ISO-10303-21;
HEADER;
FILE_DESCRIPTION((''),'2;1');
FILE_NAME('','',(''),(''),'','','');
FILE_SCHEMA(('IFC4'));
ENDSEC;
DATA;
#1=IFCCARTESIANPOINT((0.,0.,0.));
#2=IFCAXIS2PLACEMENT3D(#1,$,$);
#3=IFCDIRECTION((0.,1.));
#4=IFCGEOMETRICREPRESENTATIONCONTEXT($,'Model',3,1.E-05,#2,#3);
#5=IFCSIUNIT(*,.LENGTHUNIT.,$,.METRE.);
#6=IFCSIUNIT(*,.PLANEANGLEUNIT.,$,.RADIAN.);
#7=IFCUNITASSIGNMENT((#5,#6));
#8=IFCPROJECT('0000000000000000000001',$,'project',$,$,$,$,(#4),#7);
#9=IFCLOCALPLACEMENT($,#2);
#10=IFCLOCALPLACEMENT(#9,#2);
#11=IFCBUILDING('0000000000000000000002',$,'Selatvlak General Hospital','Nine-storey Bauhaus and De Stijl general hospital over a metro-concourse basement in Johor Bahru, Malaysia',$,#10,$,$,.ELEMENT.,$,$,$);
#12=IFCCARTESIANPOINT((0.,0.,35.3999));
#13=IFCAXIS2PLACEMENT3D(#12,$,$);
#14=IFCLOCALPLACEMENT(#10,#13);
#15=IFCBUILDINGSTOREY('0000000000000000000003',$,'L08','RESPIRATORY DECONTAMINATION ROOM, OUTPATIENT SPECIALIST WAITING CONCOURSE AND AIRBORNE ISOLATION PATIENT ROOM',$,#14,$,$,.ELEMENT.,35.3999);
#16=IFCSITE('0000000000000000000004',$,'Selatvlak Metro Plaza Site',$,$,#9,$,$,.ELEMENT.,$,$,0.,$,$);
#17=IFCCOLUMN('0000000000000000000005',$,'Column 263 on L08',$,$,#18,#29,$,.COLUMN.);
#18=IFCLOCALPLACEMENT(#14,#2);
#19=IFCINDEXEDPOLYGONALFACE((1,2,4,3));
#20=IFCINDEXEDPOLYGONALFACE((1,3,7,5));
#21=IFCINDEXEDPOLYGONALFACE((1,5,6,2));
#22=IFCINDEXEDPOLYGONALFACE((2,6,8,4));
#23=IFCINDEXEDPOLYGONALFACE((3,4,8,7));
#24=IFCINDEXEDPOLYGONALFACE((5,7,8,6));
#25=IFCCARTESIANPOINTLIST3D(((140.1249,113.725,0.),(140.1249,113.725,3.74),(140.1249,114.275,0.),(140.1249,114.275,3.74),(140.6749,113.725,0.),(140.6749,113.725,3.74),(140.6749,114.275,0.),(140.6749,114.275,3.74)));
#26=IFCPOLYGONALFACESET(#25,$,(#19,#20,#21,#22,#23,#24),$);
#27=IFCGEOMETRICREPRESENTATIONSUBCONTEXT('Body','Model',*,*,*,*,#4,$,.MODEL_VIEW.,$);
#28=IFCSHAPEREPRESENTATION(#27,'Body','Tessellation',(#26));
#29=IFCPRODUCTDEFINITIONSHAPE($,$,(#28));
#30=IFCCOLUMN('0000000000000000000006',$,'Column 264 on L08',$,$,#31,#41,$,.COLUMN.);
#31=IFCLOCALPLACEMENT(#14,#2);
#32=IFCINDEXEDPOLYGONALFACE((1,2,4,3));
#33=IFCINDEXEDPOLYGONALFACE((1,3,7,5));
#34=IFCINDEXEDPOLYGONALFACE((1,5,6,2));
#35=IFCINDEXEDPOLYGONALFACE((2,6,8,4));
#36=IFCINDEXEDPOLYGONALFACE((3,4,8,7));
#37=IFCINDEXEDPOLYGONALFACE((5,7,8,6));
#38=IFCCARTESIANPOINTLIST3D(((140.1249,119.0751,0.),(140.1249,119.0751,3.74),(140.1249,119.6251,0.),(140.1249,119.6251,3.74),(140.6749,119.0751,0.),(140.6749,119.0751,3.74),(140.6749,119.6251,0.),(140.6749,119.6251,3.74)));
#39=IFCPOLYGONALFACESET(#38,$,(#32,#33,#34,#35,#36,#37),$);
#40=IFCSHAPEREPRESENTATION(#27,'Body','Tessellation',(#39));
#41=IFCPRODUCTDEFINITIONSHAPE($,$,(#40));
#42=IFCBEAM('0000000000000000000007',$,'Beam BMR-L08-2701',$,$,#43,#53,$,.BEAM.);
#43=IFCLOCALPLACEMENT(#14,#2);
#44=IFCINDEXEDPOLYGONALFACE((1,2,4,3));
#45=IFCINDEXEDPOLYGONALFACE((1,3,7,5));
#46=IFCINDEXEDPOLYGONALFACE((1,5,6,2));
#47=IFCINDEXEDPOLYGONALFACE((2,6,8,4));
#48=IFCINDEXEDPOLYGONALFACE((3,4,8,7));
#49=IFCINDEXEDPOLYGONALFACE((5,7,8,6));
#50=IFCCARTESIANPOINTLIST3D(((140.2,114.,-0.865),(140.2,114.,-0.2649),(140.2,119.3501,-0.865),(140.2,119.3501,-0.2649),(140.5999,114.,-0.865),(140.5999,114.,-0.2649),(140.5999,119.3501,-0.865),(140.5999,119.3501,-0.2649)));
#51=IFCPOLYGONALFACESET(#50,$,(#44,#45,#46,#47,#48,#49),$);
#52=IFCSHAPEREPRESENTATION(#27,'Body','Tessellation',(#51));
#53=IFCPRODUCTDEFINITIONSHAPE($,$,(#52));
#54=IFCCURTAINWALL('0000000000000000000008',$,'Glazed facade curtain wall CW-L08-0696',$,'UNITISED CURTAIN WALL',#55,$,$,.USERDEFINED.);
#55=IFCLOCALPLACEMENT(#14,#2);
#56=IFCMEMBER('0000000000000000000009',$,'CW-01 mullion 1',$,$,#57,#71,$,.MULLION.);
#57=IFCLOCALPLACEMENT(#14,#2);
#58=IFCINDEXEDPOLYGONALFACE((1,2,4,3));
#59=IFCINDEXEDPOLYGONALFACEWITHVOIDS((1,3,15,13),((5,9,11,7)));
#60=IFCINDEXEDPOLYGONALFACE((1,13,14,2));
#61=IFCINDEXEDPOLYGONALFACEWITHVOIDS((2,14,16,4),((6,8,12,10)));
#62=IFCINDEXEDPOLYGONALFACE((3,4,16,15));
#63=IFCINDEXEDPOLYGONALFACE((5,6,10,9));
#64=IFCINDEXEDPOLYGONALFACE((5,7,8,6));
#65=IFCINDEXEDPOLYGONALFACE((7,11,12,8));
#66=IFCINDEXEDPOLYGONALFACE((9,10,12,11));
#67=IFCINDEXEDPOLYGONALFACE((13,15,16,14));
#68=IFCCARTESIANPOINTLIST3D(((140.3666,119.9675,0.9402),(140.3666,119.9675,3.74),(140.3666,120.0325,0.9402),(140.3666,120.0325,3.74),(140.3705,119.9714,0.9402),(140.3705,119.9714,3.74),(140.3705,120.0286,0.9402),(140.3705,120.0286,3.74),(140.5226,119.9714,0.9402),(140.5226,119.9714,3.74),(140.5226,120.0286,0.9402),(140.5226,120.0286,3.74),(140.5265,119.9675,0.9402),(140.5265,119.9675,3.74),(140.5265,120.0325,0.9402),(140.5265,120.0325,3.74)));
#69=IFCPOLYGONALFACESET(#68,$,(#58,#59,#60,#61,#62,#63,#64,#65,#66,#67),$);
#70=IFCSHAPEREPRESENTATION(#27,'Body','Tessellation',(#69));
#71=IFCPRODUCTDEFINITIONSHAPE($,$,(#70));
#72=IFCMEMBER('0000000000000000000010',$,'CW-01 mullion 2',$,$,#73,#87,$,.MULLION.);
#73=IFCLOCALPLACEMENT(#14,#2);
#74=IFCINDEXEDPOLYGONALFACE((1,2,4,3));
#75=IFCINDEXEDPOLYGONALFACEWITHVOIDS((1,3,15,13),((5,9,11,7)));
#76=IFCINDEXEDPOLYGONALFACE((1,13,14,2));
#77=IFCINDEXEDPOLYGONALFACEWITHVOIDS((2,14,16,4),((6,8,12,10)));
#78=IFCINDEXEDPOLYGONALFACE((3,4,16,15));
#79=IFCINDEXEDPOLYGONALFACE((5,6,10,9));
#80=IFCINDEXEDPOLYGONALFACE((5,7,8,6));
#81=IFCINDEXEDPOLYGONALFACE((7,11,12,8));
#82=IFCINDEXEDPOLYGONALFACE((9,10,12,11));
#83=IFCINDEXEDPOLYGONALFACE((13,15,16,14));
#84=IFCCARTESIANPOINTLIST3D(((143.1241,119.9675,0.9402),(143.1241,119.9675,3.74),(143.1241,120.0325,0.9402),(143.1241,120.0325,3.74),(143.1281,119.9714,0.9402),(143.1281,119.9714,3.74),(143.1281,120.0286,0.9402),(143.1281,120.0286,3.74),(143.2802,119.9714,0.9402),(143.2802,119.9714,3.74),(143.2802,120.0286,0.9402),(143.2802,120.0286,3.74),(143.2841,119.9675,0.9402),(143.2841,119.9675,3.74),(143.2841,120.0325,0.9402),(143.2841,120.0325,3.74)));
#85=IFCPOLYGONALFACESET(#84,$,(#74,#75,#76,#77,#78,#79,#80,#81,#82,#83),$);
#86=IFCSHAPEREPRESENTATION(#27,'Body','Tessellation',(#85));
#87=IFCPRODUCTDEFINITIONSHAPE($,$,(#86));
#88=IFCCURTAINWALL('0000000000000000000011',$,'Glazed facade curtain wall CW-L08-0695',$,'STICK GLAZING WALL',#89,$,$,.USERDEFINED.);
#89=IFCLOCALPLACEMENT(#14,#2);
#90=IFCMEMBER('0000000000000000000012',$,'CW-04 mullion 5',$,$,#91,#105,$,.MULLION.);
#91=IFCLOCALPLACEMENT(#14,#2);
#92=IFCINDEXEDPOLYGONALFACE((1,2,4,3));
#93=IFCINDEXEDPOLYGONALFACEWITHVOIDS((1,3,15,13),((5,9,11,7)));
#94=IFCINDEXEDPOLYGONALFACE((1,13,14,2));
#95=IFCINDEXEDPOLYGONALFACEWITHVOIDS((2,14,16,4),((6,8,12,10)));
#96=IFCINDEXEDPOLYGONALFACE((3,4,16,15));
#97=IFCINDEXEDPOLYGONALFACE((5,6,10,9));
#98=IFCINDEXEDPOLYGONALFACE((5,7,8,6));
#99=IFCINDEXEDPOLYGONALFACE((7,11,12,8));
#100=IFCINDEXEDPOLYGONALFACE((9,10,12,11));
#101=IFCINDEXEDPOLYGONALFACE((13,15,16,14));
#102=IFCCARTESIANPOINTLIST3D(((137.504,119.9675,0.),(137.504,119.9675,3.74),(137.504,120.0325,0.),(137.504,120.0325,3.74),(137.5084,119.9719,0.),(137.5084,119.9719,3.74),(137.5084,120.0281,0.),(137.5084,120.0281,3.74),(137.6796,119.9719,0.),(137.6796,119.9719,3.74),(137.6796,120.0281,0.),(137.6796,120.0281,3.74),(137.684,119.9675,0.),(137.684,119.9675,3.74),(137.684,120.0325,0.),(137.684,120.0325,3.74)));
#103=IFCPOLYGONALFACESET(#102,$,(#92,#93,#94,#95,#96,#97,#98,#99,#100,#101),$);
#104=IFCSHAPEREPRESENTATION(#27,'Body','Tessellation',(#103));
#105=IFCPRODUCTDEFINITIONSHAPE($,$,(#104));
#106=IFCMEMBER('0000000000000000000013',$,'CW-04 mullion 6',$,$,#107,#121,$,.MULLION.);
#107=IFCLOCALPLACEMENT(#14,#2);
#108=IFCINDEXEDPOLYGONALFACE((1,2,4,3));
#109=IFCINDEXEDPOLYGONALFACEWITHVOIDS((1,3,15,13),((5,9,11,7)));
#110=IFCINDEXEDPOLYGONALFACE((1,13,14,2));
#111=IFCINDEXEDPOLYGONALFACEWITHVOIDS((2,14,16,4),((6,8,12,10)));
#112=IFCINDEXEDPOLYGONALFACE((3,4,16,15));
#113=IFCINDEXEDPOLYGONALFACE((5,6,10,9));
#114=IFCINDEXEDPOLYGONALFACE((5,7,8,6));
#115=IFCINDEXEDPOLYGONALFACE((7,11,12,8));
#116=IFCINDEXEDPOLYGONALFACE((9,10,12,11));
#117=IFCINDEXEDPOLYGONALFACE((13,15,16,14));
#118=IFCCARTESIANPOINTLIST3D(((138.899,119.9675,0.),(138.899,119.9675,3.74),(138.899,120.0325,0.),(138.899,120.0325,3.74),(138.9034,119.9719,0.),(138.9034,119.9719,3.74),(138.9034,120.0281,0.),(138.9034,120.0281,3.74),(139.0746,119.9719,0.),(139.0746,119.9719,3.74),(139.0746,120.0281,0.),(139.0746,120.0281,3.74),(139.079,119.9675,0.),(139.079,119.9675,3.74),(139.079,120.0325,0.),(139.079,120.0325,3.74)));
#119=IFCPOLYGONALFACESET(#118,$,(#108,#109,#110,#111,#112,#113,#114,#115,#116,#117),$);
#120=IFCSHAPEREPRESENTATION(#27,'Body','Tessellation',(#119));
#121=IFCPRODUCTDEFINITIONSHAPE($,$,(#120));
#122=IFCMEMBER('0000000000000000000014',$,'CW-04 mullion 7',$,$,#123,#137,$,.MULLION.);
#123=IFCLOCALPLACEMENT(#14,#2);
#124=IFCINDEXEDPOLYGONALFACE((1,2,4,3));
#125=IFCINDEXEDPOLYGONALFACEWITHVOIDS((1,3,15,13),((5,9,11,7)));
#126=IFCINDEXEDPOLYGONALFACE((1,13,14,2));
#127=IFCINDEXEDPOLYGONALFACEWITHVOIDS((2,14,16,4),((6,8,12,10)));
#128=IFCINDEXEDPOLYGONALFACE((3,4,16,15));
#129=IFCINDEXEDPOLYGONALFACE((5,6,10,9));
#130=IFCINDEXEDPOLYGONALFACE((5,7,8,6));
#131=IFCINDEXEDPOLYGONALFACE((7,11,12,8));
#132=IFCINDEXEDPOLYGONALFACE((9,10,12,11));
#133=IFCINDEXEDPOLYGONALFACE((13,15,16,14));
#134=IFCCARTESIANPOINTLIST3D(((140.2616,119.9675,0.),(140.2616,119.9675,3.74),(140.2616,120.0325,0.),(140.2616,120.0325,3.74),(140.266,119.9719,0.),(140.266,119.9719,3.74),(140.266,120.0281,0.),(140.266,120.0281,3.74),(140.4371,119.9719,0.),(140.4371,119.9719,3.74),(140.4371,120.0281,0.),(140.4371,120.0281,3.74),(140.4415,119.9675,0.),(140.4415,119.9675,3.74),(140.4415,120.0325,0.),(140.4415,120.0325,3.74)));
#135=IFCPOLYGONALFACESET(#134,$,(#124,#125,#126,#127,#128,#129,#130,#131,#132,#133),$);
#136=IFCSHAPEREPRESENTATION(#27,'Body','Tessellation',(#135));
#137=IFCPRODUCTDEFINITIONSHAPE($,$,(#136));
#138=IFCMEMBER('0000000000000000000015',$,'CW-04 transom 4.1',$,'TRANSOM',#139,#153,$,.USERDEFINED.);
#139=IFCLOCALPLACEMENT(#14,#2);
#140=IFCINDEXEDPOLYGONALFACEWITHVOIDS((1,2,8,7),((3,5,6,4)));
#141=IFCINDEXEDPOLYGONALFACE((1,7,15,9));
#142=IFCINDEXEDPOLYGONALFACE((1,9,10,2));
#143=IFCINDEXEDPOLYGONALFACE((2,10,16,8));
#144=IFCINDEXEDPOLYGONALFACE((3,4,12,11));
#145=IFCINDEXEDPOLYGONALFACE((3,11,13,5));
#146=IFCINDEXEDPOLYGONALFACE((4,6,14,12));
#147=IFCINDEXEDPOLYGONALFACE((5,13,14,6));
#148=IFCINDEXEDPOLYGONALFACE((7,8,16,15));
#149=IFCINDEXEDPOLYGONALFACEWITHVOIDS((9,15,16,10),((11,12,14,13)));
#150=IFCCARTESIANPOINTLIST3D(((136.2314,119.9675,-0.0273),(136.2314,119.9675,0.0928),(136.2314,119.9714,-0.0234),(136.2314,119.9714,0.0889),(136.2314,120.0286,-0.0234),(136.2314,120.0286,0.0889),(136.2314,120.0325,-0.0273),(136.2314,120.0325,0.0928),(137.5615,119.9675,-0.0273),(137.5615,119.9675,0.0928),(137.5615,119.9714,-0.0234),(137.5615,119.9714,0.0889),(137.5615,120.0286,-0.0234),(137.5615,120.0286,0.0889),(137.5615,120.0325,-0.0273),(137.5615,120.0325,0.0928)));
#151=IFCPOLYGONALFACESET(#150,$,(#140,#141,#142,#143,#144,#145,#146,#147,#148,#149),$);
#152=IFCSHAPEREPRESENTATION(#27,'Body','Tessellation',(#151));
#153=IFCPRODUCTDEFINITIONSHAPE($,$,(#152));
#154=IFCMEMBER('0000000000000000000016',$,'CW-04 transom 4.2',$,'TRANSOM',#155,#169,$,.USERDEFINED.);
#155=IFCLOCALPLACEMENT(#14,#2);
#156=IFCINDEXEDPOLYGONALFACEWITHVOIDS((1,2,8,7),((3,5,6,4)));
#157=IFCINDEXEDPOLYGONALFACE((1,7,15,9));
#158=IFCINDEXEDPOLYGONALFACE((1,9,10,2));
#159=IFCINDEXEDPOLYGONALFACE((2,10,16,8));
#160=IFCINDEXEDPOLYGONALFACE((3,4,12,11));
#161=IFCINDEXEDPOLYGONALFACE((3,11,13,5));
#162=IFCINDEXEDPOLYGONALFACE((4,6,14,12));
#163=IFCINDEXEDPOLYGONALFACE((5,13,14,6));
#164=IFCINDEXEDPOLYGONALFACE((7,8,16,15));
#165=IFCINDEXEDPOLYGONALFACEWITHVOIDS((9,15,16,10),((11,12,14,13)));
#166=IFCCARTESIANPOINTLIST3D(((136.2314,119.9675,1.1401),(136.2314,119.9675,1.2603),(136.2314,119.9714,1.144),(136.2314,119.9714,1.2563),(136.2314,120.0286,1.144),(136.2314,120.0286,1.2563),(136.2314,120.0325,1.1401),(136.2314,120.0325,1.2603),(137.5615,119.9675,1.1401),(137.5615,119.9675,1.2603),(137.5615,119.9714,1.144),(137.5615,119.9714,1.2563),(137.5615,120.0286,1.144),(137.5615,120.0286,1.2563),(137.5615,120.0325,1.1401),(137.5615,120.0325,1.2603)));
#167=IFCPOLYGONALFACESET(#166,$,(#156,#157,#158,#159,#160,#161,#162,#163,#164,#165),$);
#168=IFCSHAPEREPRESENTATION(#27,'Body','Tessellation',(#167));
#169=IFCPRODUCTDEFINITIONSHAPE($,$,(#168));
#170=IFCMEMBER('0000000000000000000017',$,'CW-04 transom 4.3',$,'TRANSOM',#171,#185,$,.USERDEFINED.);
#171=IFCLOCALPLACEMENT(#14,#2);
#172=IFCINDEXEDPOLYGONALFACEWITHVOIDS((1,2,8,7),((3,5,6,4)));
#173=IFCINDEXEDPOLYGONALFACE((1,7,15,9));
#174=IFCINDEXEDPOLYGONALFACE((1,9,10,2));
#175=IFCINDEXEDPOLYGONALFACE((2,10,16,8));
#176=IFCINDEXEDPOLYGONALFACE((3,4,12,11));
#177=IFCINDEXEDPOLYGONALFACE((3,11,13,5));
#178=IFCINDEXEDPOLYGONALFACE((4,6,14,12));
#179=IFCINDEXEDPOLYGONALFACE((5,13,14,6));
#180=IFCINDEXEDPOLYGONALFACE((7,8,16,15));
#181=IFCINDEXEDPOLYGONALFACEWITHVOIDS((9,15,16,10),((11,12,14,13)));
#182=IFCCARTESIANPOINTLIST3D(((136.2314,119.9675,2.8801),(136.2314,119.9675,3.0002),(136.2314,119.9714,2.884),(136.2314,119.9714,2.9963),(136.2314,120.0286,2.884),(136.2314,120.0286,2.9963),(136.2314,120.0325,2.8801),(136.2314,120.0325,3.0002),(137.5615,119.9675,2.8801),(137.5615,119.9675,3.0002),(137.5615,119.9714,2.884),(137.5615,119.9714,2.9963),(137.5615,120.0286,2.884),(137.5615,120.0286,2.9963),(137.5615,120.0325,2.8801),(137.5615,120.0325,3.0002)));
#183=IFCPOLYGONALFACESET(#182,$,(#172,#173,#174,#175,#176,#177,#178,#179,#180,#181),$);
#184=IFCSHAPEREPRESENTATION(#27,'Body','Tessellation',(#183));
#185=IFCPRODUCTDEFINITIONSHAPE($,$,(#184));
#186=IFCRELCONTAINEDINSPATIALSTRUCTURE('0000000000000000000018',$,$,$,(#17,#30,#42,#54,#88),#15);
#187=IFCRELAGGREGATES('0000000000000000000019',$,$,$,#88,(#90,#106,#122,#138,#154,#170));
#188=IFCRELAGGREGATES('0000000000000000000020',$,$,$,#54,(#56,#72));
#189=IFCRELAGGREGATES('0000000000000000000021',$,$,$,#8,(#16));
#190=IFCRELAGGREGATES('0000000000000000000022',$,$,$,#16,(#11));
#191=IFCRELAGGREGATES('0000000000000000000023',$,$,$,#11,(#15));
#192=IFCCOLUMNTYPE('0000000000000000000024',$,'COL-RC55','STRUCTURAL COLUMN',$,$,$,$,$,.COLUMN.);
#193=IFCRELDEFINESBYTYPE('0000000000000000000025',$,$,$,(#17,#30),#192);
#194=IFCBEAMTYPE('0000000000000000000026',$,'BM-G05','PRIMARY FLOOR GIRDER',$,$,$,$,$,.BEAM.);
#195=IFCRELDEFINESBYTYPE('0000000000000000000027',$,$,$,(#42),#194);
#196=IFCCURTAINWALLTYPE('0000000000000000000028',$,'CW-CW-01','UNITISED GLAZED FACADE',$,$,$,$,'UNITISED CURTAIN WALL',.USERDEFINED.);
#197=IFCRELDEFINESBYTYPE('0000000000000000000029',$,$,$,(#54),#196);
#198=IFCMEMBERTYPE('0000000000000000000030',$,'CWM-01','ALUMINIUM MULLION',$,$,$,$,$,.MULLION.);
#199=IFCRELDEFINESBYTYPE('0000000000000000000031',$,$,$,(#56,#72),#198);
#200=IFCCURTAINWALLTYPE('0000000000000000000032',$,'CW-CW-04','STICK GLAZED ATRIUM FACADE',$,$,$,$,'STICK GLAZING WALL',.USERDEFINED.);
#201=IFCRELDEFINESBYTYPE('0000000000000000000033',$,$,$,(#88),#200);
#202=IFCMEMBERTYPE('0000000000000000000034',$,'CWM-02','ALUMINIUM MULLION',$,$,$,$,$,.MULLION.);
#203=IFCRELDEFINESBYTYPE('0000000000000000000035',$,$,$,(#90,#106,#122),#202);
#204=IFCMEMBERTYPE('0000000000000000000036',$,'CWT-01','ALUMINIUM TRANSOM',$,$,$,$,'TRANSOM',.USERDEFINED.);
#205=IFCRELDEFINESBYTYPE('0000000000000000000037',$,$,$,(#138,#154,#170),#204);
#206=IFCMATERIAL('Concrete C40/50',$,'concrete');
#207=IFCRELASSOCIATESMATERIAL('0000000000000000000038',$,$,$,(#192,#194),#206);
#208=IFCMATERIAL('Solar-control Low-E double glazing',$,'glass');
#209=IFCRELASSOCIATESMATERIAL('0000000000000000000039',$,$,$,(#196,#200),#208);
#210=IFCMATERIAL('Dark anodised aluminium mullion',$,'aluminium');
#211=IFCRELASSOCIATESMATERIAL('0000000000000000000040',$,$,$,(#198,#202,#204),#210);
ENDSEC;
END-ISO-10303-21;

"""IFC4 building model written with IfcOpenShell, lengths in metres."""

from ifc_helpers import new_model, si_unit, direction, frame, origin, origin_2d, place, context, subcontext, project, spatial, rectangle, hollow_rectangle, extrude, material, material_profile, profile_set, type_object, element, aggregate, save


model = new_model("IFC4")

# Units and contexts
model_context = context("Model", 3, precision=1e-05, world=origin(), true_north=direction((0.0, 1.0)))
body_context = subcontext(model_context, "Body", "Model", "MODEL_VIEW")
ifc_project = project(units=[si_unit("LENGTHUNIT", "METRE"), si_unit("PLANEANGLEUNIT", "RADIAN")], contexts=[model_context])

# Site, building, storey
site_placement = place(None, origin())
site = spatial("IfcSite", under=ifc_project, at=site_placement, Name="Selatvlak Metro Plaza Site", CompositionType="ELEMENT", RefElevation=0.0)
building_placement = place(site_placement, origin())
building = spatial("IfcBuilding", under=site, at=building_placement, Name="Selatvlak General Hospital", Description="Nine-storey Bauhaus and De Stijl general hospital over a metro-concourse basement in Johor Bahru, Malaysia", CompositionType="ELEMENT")
storey_placement = place(building_placement, frame((0.0, 0.0, 35.3999)))
storey = spatial("IfcBuildingStorey", under=building, at=storey_placement, Name="L08", Description="RESPIRATORY DECONTAMINATION ROOM, OUTPATIENT SPECIALIST WAITING CONCOURSE AND AIRBORNE ISOLATION PATIENT ROOM", CompositionType="ELEMENT", Elevation=35.3999)

# Columns
ifc_material_1 = material(Name="Concrete C40/50", Category="concrete")
ifc_material_profile_1 = material_profile(ifc_material_1, rectangle(XDim=0.55, YDim=0.55, at=origin_2d()), Name="RC-COL 550x550")
ifc_profile_set_1 = profile_set([ifc_material_profile_1], Name="Concrete C40/50")
column_type = type_object("IfcColumnType", Name="COL-RC55", Description="STRUCTURAL COLUMN", PredefinedType="COLUMN", material=ifc_profile_set_1)
for number, where, z_axis, x_axis, name in (
    (1, (140.3999, 114.0, 0.0), (0.0, 0.0, 1.0), (1.0, 0.0, 0.0), "Column 263 on L08"),
    (2, (140.3999, 119.3501, 0.0), (0.0, 0.0, 1.0), (1.0, 0.0, 0.0), "Column 264 on L08"),
):
    element("IfcColumn", number, at=place(storey_placement, frame(where, z_axis=z_axis, x_axis=x_axis)), inside=storey, type_object=column_type, Name=name, PredefinedType="COLUMN", context=body_context, shape_type="SweptSolid", body=[
        extrude(rectangle(XDim=0.55, YDim=0.55, at=origin_2d()), origin(), (0.0, 0.0, 1.0), 3.74),
    ])

# Beam
ifc_material_profile_2 = material_profile(ifc_material_1, rectangle(XDim=0.3999, YDim=0.6001, at=origin_2d()), Name="RC-BM 400x600")
ifc_profile_set_2 = profile_set([ifc_material_profile_2], Name="Concrete C40/50")
beam_type = type_object("IfcBeamType", Name="BM-G05", Description="PRIMARY FLOOR GIRDER", PredefinedType="BEAM", material=ifc_profile_set_2)
beam_placement = place(storey_placement, frame((140.3999, 114.0, -0.5649), z_axis=(0.0, 1.0, 0.0), x_axis=(-1.0, 0.0, 0.0)))
element("IfcBeam", 3, at=beam_placement, inside=storey, type_object=beam_type, Name="Beam BMR-L08-2701", PredefinedType="BEAM", context=body_context, shape_type="SweptSolid", body=[
    extrude(rectangle(XDim=0.3999, YDim=0.6001, at=origin_2d()), origin(), (0.0, 0.0, 1.0), 5.3501),
])

# Curtain walls, members
ifc_material_2 = material(Name="Solar-control Low-E double glazing", Category="glass")
curtain_wall_type_1 = type_object("IfcCurtainWallType", Name="CW-CW-01", Description="UNITISED GLAZED FACADE", ElementType="UNITISED CURTAIN WALL", PredefinedType="USERDEFINED", material=ifc_material_2)
curtain_wall_1_placement = place(storey_placement, origin())
curtain_wall_1 = element("IfcCurtainWall", 4, at=curtain_wall_1_placement, inside=storey, type_object=curtain_wall_type_1, Name="Glazed facade curtain wall CW-L08-0696", ObjectType="UNITISED CURTAIN WALL", PredefinedType="USERDEFINED")
ifc_material_3 = material(Name="Dark anodised aluminium mullion", Category="aluminium")
ifc_material_profile_3 = material_profile(ifc_material_3, hollow_rectangle(XDim=0.0649, YDim=0.1599, WallThickness=0.0039, at=origin_2d()), Name="AL-MUL 65x160x4")
ifc_profile_set_3 = profile_set([ifc_material_profile_3], Name="Dark anodised aluminium mullion")
member_type_1 = type_object("IfcMemberType", Name="CWM-01", Description="ALUMINIUM MULLION", PredefinedType="MULLION", material=ifc_profile_set_3)
member_1_placement = place(storey_placement, frame((140.4465, 120.0, 0.9402), z_axis=(0.0, 0.0, 1.0), x_axis=(0.0, 1.0, 0.0)))
member_1 = element("IfcMember", 5, at=member_1_placement, type_object=member_type_1, Name="CW-01 mullion 1", PredefinedType="MULLION", context=body_context, shape_type="SweptSolid", body=[
    extrude(hollow_rectangle(XDim=0.0649, YDim=0.1599, WallThickness=0.0039, at=origin_2d()), origin(), (0.0, 0.0, 1.0), 2.7998),
])
member_2_placement = place(storey_placement, frame((143.2041, 120.0, 0.9402), z_axis=(0.0, 0.0, 1.0), x_axis=(0.0, 1.0, 0.0)))
member_2 = element("IfcMember", 6, at=member_2_placement, type_object=member_type_1, Name="CW-01 mullion 2", PredefinedType="MULLION", context=body_context, shape_type="SweptSolid", body=[
    extrude(hollow_rectangle(XDim=0.0649, YDim=0.1599, WallThickness=0.0039, at=origin_2d()), origin(), (0.0, 0.0, 1.0), 2.7998),
])
curtain_wall_type_2 = type_object("IfcCurtainWallType", Name="CW-CW-04", Description="STICK GLAZED ATRIUM FACADE", ElementType="STICK GLAZING WALL", PredefinedType="USERDEFINED", material=ifc_material_2)
curtain_wall_2_placement = place(storey_placement, origin())
curtain_wall_2 = element("IfcCurtainWall", 7, at=curtain_wall_2_placement, inside=storey, type_object=curtain_wall_type_2, Name="Glazed facade curtain wall CW-L08-0695", ObjectType="STICK GLAZING WALL", PredefinedType="USERDEFINED")
ifc_material_profile_4 = material_profile(ifc_material_3, hollow_rectangle(XDim=0.0649, YDim=0.1799, WallThickness=0.0044, at=origin_2d()), Name="AL-MUL 65x180x4.5")
ifc_profile_set_4 = profile_set([ifc_material_profile_4], Name="Dark anodised aluminium mullion")
member_type_2 = type_object("IfcMemberType", Name="CWM-02", Description="ALUMINIUM MULLION", PredefinedType="MULLION", material=ifc_profile_set_4)
member_3_placement = place(storey_placement, frame((137.594, 120.0, 0.0), z_axis=(0.0, 0.0, 1.0), x_axis=(0.0, 1.0, 0.0)))
member_3 = element("IfcMember", 8, at=member_3_placement, type_object=member_type_2, Name="CW-04 mullion 5", PredefinedType="MULLION", context=body_context, shape_type="SweptSolid", body=[
    extrude(hollow_rectangle(XDim=0.0649, YDim=0.1799, WallThickness=0.0044, at=origin_2d()), origin(), (0.0, 0.0, 1.0), 3.74),
])
member_4_placement = place(storey_placement, frame((138.989, 120.0, 0.0), z_axis=(0.0, 0.0, 1.0), x_axis=(0.0, 1.0, 0.0)))
member_4 = element("IfcMember", 9, at=member_4_placement, type_object=member_type_2, Name="CW-04 mullion 6", PredefinedType="MULLION", context=body_context, shape_type="SweptSolid", body=[
    extrude(hollow_rectangle(XDim=0.0649, YDim=0.1799, WallThickness=0.0044, at=origin_2d()), origin(), (0.0, 0.0, 1.0), 3.74),
])
member_5_placement = place(storey_placement, frame((140.3516, 120.0, 0.0), z_axis=(0.0, 0.0, 1.0), x_axis=(0.0, 1.0, 0.0)))
member_5 = element("IfcMember", 10, at=member_5_placement, type_object=member_type_2, Name="CW-04 mullion 7", PredefinedType="MULLION", context=body_context, shape_type="SweptSolid", body=[
    extrude(hollow_rectangle(XDim=0.0649, YDim=0.1799, WallThickness=0.0044, at=origin_2d()), origin(), (0.0, 0.0, 1.0), 3.74),
])
ifc_material_profile_5 = material_profile(ifc_material_3, hollow_rectangle(XDim=0.0649, YDim=0.1201, WallThickness=0.0039, at=origin_2d()), Name="AL-TRN 65x120x4")
ifc_profile_set_5 = profile_set([ifc_material_profile_5], Name="Dark anodised aluminium mullion")
member_type_3 = type_object("IfcMemberType", Name="CWT-01", Description="ALUMINIUM TRANSOM", ElementType="TRANSOM", PredefinedType="USERDEFINED", material=ifc_profile_set_5)
member_6_placement = place(storey_placement, frame((136.2314, 120.0, 0.0327), z_axis=(1.0, 0.0, 0.0), x_axis=(0.0, 1.0, 0.0)))
member_6 = element("IfcMember", 11, at=member_6_placement, type_object=member_type_3, Name="CW-04 transom 4.1", ObjectType="TRANSOM", PredefinedType="USERDEFINED", context=body_context, shape_type="SweptSolid", body=[
    extrude(hollow_rectangle(XDim=0.0649, YDim=0.1201, WallThickness=0.0039, at=origin_2d()), origin(), (0.0, 0.0, 1.0), 1.3301),
])
member_7_placement = place(storey_placement, frame((136.2314, 120.0, 1.2002), z_axis=(1.0, 0.0, 0.0), x_axis=(0.0, 1.0, 0.0)))
member_7 = element("IfcMember", 12, at=member_7_placement, type_object=member_type_3, Name="CW-04 transom 4.2", ObjectType="TRANSOM", PredefinedType="USERDEFINED", context=body_context, shape_type="SweptSolid", body=[
    extrude(hollow_rectangle(XDim=0.0649, YDim=0.1201, WallThickness=0.0039, at=origin_2d()), origin(), (0.0, 0.0, 1.0), 1.3301),
])
member_8_placement = place(storey_placement, frame((136.2314, 120.0, 2.9402), z_axis=(1.0, 0.0, 0.0), x_axis=(0.0, 1.0, 0.0)))
member_8 = element("IfcMember", 13, at=member_8_placement, type_object=member_type_3, Name="CW-04 transom 4.3", ObjectType="TRANSOM", PredefinedType="USERDEFINED", context=body_context, shape_type="SweptSolid", body=[
    extrude(hollow_rectangle(XDim=0.0649, YDim=0.1201, WallThickness=0.0039, at=origin_2d()), origin(), (0.0, 0.0, 1.0), 1.3301),
])

aggregate(curtain_wall_2, [member_3, member_4, member_5, member_6, member_7, member_8])
aggregate(curtain_wall_1, [member_1, member_2])

save(model, "model.ifc")
